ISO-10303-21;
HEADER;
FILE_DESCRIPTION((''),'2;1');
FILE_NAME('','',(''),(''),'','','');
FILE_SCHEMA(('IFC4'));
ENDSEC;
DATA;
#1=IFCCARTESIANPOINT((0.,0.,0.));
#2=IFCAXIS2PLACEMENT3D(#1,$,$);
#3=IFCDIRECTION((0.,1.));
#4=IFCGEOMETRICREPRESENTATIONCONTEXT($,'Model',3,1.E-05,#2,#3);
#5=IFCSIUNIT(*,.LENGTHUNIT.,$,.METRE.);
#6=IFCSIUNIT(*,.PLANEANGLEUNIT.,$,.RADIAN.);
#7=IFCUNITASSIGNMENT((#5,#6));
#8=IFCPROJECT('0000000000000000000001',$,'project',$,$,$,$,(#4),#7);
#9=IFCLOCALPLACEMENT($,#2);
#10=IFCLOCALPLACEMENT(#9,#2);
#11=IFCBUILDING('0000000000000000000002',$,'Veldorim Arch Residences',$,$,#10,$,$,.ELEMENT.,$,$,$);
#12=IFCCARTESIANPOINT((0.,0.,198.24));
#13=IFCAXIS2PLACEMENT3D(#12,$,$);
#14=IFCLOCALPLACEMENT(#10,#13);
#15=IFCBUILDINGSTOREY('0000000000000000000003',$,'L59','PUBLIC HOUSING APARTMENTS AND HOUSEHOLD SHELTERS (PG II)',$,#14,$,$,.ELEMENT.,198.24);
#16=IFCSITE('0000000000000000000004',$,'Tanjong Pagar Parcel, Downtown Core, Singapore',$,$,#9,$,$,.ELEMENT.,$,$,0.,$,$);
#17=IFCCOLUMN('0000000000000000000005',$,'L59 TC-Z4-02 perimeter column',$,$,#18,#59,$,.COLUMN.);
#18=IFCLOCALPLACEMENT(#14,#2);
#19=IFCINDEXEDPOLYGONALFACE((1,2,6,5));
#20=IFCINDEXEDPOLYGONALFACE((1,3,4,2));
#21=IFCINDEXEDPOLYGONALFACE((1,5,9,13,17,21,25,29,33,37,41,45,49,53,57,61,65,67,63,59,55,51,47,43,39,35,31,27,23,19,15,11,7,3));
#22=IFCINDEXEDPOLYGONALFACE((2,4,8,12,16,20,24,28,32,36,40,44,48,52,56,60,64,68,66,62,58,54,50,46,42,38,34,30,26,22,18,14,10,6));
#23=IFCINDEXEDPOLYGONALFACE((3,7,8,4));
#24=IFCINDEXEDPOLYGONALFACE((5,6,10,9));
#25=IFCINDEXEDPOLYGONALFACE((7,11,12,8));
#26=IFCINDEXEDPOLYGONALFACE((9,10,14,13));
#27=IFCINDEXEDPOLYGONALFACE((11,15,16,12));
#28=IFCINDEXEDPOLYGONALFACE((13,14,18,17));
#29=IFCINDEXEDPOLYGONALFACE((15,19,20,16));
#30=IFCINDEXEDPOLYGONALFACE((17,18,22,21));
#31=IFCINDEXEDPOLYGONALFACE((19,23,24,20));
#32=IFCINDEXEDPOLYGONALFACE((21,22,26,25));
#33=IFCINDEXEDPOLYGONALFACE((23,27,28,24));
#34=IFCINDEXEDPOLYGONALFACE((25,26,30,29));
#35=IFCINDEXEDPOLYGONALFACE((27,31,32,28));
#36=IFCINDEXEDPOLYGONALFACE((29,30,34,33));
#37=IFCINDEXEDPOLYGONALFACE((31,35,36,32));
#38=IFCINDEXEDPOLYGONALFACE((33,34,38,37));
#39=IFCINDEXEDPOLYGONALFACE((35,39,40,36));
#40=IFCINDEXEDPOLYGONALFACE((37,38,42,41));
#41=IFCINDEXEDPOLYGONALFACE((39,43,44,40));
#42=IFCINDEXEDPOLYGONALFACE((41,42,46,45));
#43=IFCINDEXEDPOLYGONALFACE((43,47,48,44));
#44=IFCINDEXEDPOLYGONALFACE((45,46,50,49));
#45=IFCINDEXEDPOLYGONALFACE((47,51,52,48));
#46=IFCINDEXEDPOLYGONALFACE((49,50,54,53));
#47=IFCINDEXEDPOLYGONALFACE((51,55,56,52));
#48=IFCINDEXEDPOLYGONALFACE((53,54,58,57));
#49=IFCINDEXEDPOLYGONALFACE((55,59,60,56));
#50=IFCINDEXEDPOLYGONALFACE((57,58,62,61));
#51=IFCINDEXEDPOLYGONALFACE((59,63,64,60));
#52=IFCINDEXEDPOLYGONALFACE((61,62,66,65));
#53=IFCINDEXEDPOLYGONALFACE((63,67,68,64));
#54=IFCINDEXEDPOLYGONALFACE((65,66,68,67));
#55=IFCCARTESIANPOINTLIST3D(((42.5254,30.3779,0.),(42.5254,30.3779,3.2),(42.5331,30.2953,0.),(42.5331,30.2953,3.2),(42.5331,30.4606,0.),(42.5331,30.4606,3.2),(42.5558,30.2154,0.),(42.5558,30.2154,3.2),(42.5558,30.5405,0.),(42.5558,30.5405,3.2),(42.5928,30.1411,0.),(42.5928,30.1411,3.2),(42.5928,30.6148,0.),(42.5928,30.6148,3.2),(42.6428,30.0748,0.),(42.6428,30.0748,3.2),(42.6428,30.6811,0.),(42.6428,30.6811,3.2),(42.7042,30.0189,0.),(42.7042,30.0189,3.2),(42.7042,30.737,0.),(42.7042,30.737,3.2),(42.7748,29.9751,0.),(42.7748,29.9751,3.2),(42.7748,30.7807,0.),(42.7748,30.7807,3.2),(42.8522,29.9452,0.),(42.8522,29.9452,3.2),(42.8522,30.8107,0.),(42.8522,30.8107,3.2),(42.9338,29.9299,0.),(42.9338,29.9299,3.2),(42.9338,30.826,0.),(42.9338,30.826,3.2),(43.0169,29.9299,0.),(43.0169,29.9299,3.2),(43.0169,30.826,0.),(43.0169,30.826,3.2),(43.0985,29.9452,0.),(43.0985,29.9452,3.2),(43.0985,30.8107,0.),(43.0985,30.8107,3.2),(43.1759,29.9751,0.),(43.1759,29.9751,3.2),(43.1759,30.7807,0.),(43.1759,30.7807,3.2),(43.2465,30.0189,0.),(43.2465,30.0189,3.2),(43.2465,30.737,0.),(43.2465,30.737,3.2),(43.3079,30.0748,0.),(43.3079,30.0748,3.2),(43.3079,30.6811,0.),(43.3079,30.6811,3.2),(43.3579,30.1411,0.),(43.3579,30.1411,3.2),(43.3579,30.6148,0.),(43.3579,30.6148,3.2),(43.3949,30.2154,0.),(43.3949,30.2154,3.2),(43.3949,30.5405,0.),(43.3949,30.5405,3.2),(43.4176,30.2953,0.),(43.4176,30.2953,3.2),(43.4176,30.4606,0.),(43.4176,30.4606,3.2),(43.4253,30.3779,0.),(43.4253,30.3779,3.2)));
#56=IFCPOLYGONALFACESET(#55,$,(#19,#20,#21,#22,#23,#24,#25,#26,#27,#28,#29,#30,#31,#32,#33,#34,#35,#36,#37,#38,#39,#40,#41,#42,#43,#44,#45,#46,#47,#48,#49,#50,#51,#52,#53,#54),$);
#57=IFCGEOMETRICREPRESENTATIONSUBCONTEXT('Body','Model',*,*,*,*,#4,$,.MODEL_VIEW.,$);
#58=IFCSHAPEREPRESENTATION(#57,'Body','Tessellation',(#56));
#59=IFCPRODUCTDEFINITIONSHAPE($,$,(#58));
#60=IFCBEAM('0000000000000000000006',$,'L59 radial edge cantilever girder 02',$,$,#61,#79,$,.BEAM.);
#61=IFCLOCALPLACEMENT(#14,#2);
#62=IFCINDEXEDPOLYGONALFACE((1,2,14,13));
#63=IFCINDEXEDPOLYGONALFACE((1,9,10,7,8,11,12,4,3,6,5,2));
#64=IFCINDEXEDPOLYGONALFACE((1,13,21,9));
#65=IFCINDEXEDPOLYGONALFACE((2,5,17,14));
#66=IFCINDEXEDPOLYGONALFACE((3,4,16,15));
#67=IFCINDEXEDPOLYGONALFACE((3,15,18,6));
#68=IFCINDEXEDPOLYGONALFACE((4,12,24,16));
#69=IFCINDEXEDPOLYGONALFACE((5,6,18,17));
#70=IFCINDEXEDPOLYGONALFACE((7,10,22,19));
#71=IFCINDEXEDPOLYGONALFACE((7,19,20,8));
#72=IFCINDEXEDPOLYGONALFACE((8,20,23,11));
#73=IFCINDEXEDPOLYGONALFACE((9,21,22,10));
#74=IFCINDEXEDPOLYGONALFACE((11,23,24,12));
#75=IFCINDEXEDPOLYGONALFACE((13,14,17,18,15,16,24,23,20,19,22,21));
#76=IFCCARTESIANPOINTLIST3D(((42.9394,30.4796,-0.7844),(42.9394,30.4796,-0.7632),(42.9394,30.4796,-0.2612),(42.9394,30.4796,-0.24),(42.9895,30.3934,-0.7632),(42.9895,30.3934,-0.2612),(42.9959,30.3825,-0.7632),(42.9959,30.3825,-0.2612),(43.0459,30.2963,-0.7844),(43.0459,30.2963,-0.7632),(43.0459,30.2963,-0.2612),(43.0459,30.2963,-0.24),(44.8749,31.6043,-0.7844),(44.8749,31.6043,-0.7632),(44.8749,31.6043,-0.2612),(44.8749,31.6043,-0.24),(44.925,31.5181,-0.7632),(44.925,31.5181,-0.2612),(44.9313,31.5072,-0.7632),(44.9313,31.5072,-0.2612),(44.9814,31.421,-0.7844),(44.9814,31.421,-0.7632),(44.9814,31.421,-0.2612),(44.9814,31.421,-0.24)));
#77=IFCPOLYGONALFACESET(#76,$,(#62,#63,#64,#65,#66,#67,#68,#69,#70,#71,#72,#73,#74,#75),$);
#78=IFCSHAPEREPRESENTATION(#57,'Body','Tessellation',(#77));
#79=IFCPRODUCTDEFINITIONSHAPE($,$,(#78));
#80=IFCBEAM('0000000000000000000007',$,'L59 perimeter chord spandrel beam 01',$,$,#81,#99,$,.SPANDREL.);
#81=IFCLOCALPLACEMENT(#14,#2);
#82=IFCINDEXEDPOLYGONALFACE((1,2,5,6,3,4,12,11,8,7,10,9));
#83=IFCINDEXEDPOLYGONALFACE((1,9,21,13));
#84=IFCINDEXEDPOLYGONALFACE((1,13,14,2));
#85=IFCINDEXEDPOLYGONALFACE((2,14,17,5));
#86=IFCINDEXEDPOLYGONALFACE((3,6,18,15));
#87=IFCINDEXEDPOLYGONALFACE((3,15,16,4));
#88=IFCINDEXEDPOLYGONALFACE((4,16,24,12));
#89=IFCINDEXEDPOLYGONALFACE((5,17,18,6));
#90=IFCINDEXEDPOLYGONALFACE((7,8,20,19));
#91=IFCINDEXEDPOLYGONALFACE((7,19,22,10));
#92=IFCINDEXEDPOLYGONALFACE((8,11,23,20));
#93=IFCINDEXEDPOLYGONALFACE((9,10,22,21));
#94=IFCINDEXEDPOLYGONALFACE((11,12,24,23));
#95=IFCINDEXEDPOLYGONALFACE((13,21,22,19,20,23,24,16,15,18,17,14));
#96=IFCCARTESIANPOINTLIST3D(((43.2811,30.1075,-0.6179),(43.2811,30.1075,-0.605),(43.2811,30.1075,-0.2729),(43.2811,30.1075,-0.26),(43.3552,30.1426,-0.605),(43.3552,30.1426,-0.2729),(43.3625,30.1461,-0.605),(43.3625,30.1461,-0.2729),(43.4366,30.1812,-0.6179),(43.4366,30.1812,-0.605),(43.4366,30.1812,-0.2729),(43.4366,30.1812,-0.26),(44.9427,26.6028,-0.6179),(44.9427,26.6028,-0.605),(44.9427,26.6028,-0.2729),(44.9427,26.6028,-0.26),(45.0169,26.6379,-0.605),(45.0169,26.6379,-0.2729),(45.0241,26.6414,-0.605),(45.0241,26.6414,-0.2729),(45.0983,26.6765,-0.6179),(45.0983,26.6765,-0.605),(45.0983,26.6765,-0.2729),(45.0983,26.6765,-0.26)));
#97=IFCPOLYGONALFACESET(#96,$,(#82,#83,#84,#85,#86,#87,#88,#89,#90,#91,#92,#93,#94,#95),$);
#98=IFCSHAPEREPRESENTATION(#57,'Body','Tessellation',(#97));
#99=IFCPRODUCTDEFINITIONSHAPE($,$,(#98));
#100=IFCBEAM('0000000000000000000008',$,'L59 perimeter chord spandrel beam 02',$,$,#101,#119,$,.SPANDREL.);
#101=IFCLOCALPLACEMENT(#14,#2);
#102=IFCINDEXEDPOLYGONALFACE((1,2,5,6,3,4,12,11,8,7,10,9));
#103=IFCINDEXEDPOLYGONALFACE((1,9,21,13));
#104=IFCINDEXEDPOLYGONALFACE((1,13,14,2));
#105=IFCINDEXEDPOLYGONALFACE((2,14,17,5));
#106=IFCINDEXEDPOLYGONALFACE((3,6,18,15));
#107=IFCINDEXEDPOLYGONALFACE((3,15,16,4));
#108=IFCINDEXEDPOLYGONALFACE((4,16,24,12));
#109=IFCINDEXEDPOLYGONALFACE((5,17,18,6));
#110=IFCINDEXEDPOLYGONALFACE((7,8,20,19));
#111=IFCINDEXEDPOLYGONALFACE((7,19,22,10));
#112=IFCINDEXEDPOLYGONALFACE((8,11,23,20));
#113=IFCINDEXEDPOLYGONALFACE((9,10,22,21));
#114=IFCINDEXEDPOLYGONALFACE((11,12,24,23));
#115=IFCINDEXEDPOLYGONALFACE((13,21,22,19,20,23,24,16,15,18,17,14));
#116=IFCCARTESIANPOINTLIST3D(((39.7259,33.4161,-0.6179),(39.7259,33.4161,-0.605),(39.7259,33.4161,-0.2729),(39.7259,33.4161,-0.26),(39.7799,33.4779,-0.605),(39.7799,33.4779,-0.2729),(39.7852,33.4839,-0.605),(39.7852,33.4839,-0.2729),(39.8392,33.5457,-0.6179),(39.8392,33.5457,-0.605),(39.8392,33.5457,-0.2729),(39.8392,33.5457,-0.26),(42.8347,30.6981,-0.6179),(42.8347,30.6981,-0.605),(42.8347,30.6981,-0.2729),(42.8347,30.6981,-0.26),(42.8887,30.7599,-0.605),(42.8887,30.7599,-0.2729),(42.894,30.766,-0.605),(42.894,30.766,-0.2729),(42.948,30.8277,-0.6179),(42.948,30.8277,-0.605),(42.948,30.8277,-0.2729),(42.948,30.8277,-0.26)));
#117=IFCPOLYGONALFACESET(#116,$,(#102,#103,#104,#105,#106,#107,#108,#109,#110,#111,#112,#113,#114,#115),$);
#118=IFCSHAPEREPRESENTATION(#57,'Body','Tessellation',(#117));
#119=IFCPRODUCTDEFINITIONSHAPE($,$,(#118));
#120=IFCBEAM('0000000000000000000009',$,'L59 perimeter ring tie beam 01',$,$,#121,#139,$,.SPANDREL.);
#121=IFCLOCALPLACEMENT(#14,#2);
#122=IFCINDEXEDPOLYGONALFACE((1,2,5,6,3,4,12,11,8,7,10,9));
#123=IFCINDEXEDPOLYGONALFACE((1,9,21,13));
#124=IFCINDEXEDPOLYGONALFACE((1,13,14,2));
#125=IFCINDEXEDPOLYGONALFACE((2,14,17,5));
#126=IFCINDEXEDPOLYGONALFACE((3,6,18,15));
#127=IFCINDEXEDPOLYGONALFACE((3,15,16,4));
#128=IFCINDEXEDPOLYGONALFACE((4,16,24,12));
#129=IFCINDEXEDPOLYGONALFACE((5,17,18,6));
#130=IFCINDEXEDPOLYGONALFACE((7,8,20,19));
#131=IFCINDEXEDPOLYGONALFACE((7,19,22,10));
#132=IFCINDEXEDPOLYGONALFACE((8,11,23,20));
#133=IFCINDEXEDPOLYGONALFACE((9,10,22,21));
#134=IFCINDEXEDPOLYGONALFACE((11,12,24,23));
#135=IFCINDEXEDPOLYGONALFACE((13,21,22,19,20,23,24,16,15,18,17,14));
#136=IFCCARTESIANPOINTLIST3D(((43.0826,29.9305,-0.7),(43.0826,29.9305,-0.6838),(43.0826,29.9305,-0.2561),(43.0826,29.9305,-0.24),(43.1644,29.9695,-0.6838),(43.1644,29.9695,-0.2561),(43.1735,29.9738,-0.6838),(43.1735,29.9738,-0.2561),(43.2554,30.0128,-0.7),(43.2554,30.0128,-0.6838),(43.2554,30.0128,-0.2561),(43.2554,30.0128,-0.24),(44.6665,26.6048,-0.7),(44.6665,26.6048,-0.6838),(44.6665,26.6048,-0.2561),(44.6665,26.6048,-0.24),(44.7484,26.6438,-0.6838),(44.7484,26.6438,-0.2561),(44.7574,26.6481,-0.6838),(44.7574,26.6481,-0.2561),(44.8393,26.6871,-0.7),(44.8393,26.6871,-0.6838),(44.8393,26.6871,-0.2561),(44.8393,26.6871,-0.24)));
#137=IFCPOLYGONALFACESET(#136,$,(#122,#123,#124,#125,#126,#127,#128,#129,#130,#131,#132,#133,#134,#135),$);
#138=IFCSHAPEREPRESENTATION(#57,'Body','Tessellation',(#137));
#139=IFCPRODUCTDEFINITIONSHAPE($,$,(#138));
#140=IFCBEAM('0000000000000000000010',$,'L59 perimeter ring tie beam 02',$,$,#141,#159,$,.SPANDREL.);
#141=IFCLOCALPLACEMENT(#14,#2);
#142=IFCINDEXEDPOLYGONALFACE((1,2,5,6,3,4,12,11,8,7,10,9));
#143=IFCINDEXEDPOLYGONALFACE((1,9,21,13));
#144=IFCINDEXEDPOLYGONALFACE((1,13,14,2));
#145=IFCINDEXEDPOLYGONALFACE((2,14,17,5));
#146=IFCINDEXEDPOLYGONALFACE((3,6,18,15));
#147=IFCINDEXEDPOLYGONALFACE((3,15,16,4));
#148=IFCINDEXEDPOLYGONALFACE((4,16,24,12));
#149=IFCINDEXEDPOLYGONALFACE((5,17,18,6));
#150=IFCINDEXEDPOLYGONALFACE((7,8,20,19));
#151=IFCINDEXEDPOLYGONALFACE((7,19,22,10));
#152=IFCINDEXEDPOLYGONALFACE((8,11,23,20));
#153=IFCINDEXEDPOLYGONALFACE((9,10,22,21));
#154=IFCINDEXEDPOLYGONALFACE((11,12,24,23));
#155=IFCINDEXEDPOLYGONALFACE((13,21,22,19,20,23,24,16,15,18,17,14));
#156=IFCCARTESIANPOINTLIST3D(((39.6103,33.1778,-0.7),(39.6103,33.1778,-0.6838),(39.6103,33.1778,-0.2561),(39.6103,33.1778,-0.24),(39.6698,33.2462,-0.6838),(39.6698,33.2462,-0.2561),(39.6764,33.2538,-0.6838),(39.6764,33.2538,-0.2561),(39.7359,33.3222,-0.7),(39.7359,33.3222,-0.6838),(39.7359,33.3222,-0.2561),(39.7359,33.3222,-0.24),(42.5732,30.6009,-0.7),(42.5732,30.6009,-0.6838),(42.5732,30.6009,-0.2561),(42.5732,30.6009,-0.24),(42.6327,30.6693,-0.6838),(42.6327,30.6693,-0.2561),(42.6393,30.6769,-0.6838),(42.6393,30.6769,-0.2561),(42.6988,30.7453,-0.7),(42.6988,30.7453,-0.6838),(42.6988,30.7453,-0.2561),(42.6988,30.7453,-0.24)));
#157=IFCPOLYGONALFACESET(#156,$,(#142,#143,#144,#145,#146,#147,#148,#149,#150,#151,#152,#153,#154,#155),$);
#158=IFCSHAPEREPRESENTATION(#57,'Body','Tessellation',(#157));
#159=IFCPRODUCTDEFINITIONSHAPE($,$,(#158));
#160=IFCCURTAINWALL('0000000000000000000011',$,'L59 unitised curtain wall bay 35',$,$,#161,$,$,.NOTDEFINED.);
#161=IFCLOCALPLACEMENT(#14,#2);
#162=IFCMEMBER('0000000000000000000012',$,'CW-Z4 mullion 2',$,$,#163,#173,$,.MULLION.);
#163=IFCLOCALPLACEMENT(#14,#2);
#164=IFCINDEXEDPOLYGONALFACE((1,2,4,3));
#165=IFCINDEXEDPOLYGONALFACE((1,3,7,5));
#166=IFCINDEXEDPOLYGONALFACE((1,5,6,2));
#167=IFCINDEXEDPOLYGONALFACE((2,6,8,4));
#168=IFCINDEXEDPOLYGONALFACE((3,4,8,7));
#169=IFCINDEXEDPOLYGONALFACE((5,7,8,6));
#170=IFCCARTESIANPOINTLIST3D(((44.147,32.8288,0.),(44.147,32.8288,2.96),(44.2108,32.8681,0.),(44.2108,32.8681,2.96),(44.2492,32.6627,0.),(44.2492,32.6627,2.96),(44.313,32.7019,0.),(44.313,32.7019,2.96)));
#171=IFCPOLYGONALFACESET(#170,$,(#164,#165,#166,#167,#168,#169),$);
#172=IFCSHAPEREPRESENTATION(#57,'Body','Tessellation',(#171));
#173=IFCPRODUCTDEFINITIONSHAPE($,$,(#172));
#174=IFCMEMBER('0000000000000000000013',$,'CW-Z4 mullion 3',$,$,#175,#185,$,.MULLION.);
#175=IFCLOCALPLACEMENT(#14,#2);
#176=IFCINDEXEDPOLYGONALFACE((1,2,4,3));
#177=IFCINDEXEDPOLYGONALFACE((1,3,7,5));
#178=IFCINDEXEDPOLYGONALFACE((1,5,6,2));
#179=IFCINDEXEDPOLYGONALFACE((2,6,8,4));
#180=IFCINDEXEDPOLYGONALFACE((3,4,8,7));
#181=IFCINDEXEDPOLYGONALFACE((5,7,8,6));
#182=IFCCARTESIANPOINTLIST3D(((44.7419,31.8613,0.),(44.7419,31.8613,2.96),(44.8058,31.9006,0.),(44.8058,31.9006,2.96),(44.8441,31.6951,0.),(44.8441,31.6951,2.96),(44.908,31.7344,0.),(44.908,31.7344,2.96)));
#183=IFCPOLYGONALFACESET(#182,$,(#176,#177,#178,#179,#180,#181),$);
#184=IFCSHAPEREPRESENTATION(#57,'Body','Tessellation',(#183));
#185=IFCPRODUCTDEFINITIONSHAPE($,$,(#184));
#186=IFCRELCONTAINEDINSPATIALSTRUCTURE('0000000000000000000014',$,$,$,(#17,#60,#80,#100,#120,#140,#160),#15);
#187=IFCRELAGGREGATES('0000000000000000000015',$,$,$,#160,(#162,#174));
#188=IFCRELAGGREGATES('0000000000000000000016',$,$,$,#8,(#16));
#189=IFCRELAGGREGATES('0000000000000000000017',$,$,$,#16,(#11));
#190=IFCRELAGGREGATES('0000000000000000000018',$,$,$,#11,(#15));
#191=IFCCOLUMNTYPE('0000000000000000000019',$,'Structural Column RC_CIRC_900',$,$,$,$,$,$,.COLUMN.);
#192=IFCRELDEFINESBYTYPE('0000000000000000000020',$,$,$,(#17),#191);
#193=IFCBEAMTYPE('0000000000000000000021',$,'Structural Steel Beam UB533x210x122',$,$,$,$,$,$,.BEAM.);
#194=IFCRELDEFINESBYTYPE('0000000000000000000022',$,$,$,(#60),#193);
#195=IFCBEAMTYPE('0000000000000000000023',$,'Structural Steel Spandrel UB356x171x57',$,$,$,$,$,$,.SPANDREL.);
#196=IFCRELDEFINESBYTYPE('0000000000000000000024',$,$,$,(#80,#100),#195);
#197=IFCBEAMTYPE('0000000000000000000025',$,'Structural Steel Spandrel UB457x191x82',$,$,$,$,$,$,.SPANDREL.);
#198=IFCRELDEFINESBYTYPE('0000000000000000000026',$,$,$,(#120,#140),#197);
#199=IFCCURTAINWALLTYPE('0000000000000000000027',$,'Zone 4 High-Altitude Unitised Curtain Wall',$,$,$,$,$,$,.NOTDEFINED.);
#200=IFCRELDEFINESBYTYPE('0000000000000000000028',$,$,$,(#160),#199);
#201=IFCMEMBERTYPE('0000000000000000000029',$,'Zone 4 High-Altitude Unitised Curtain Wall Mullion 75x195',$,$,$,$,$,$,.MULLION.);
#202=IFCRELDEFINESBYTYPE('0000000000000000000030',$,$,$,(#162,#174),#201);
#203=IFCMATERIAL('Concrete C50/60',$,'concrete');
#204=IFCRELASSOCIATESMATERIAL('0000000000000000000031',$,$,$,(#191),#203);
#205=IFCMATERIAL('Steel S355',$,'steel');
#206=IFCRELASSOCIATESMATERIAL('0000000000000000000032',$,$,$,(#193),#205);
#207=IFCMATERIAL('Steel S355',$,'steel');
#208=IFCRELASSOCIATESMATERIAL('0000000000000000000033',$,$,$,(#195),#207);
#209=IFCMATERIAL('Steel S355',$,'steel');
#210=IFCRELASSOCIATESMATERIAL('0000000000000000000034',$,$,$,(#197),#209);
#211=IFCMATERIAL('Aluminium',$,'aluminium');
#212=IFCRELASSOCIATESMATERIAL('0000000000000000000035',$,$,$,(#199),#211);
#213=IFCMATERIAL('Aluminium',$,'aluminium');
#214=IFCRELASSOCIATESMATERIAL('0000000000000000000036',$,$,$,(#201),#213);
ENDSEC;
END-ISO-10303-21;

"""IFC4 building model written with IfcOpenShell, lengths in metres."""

from ifc_helpers import new_model, si_unit, direction, frame, origin, origin_2d, place, context, subcontext, project, spatial, rectangle, circle, i_section, extrude, material, material_profile, profile_set, type_object, element, aggregate, save


model = new_model("IFC4")

# Units and contexts
model_context = context("Model", 3, precision=1e-05, world=origin(), true_north=direction((0.0, 1.0)))
body_context = subcontext(model_context, "Body", "Model", "MODEL_VIEW")
ifc_project = project(units=[si_unit("LENGTHUNIT", "METRE"), si_unit("PLANEANGLEUNIT", "RADIAN")], contexts=[model_context])

# Site, building, storey
site_placement = place(None, origin())
site = spatial("IfcSite", under=ifc_project, at=site_placement, Name="Tanjong Pagar Parcel, Downtown Core, Singapore", CompositionType="ELEMENT", RefElevation=0.0)
building_placement = place(site_placement, origin())
building = spatial("IfcBuilding", under=site, at=building_placement, Name="Veldorim Arch Residences", CompositionType="ELEMENT")
storey_placement = place(building_placement, frame((0.0, 0.0, 198.24)))
storey = spatial("IfcBuildingStorey", under=building, at=storey_placement, Name="L59", Description="PUBLIC HOUSING APARTMENTS AND HOUSEHOLD SHELTERS (PG II)", CompositionType="ELEMENT", Elevation=198.24)

# Column
ifc_material_1 = material(Name="Concrete C50/60", Category="concrete")
ifc_material_profile_1 = material_profile(ifc_material_1, circle(Radius=0.45, at=origin_2d()), Name="RC_CIRC_900")
ifc_profile_set_1 = profile_set([ifc_material_profile_1], Name="Concrete C50/60")
column_type = type_object("IfcColumnType", Name="Structural Column RC_CIRC_900", PredefinedType="COLUMN", material=ifc_profile_set_1)
column_placement = place(storey_placement, frame((42.9753, 30.3779, 0.0), z_axis=(0.0, 0.0, 1.0), x_axis=(1.0, 0.0, 0.0)))
element("IfcColumn", 1, at=column_placement, inside=storey, type_object=column_type, Name="L59 TC-Z4-02 perimeter column", PredefinedType="COLUMN", context=body_context, shape_type="SweptSolid", body=[
    extrude(circle(Radius=0.45, at=origin_2d()), origin(), (0.0, 0.0, 1.0), 3.2),
])

# Beams
ifc_material_2 = material(Name="Steel S355", Category="steel")
ifc_material_profile_2 = material_profile(ifc_material_2, i_section(OverallWidth=0.2119, OverallDepth=0.5444, WebThickness=0.0127, FlangeThickness=0.0212, at=origin_2d()), Name="UB533x210x122")
ifc_profile_set_2 = profile_set([ifc_material_profile_2], Name="Steel S355")
beam_type_1 = type_object("IfcBeamType", Name="Structural Steel Beam UB533x210x122", PredefinedType="BEAM", material=ifc_profile_set_2)
beam_1_placement = place(storey_placement, frame((42.9927, 30.3879, -0.5122), z_axis=(0.864616, 0.502433, 0.0), x_axis=(-0.502433, 0.864616, 0.0)))
element("IfcBeam", 2, at=beam_1_placement, inside=storey, type_object=beam_type_1, Name="L59 radial edge cantilever girder 02", PredefinedType="BEAM", context=body_context, shape_type="SweptSolid", body=[
    extrude(i_section(OverallWidth=0.2119, OverallDepth=0.5444, WebThickness=0.0127, FlangeThickness=0.0212, at=origin_2d()), origin(), (0.0, 0.0, 1.0), 2.2385),
])
ifc_material_3 = material(Name="Steel S355", Category="steel")
ifc_material_profile_3 = material_profile(ifc_material_3, i_section(OverallWidth=0.1721, OverallDepth=0.3579, WebThickness=0.0081, FlangeThickness=0.0129, at=origin_2d()), Name="UB356x171x57")
ifc_profile_set_3 = profile_set([ifc_material_profile_3], Name="Steel S355")
beam_type_2 = type_object("IfcBeamType", Name="Structural Steel Spandrel UB356x171x57", PredefinedType="SPANDREL", material=ifc_profile_set_3)
beam_2_placement = place(storey_placement, frame((45.0205, 26.6396, -0.439), z_axis=(-0.428408, 0.903585, 0.0), x_axis=(-0.903585, -0.428408, 0.0)))
element("IfcBeam", 3, at=beam_2_placement, inside=storey, type_object=beam_type_2, Name="L59 perimeter chord spandrel beam 01", PredefinedType="SPANDREL", context=body_context, shape_type="SweptSolid", body=[
    extrude(i_section(OverallWidth=0.1721, OverallDepth=0.3579, WebThickness=0.0081, FlangeThickness=0.0129, at=origin_2d()), origin(), (0.0, 0.0, 1.0), 3.8787),
])
beam_3_placement = place(storey_placement, frame((42.8914, 30.7629, -0.439), z_axis=(-0.752848, 0.658195, 0.0), x_axis=(-0.658195, -0.752848, 0.0)))
element("IfcBeam", 4, at=beam_3_placement, inside=storey, type_object=beam_type_2, Name="L59 perimeter chord spandrel beam 02", PredefinedType="SPANDREL", context=body_context, shape_type="SweptSolid", body=[
    extrude(i_section(OverallWidth=0.1721, OverallDepth=0.3579, WebThickness=0.0081, FlangeThickness=0.0129, at=origin_2d()), origin(), (0.0, 0.0, 1.0), 4.1294),
])
ifc_material_4 = material(Name="Steel S355", Category="steel")
ifc_material_profile_4 = material_profile(ifc_material_4, i_section(OverallWidth=0.1914, OverallDepth=0.46, WebThickness=0.01, FlangeThickness=0.0161, at=origin_2d()), Name="UB457x191x82")
ifc_profile_set_4 = profile_set([ifc_material_profile_4], Name="Steel S355")
beam_type_3 = type_object("IfcBeamType", Name="Structural Steel Spandrel UB457x191x82", PredefinedType="SPANDREL", material=ifc_profile_set_4)
beam_4_placement = place(storey_placement, frame((44.7529, 26.646, -0.47), z_axis=(-0.430006, 0.902826, 0.0), x_axis=(-0.902826, -0.430006, 0.0)))
element("IfcBeam", 5, at=beam_4_placement, inside=storey, type_object=beam_type_3, Name="L59 perimeter ring tie beam 01", PredefinedType="SPANDREL", context=body_context, shape_type="SweptSolid", body=[
    extrude(i_section(OverallWidth=0.1914, OverallDepth=0.46, WebThickness=0.01, FlangeThickness=0.0161, at=origin_2d()), origin(), (0.0, 0.0, 1.0), 3.6836),
])
beam_5_placement = place(storey_placement, frame((42.636, 30.6731, -0.47), z_axis=(-0.754545, 0.656248, 0.0), x_axis=(-0.656248, -0.754545, 0.0)))
element("IfcBeam", 6, at=beam_5_placement, inside=storey, type_object=beam_type_3, Name="L59 perimeter ring tie beam 02", PredefinedType="SPANDREL", context=body_context, shape_type="SweptSolid", body=[
    extrude(i_section(OverallWidth=0.1914, OverallDepth=0.46, WebThickness=0.01, FlangeThickness=0.0161, at=origin_2d()), origin(), (0.0, 0.0, 1.0), 3.9268),
])

# Curtain wall, members
ifc_material_5 = material(Name="Aluminium", Category="aluminium")
curtain_wall_type = type_object("IfcCurtainWallType", Name="Zone 4 High-Altitude Unitised Curtain Wall", PredefinedType="NOTDEFINED", material=ifc_material_5)
curtain_wall_placement = place(storey_placement, origin())
curtain_wall = element("IfcCurtainWall", 7, at=curtain_wall_placement, inside=storey, type_object=curtain_wall_type, Name="L59 unitised curtain wall bay 35", PredefinedType="NOTDEFINED")
ifc_material_6 = material(Name="Aluminium", Category="aluminium")
ifc_material_profile_5 = material_profile(ifc_material_6, rectangle(XDim=0.075, YDim=0.1951, at=origin_2d()), Name="ALU_MUL_75x195")
ifc_profile_set_5 = profile_set([ifc_material_profile_5], Name="Aluminium")
member_type_1 = type_object("IfcMemberType", Name="Zone 4 High-Altitude Unitised Curtain Wall Mullion 75x195", PredefinedType="MULLION", material=ifc_profile_set_5)
member_1_placement = place(storey_placement, frame((44.23, 32.7654, 0.0), z_axis=(0.0, 0.0, 1.0), x_axis=(0.851802, 0.523864, 0.0)))
member_1 = element("IfcMember", 8, at=member_1_placement, type_object=member_type_1, Name="CW-Z4 mullion 2", PredefinedType="MULLION", context=body_context, shape_type="SweptSolid", body=[
    extrude(rectangle(XDim=0.075, YDim=0.1951, at=origin_2d()), origin(), (0.0, 0.0, 1.0), 2.96),
])
member_2_placement = place(storey_placement, frame((44.825, 31.7979, 0.0), z_axis=(0.0, 0.0, 1.0), x_axis=(0.851802, 0.523864, 0.0)))
member_2 = element("IfcMember", 9, at=member_2_placement, type_object=member_type_1, Name="CW-Z4 mullion 3", PredefinedType="MULLION", context=body_context, shape_type="SweptSolid", body=[
    extrude(rectangle(XDim=0.075, YDim=0.1951, at=origin_2d()), origin(), (0.0, 0.0, 1.0), 2.96),
])
aggregate(curtain_wall, [member_1, member_2])

save(model, "model.ifc")
